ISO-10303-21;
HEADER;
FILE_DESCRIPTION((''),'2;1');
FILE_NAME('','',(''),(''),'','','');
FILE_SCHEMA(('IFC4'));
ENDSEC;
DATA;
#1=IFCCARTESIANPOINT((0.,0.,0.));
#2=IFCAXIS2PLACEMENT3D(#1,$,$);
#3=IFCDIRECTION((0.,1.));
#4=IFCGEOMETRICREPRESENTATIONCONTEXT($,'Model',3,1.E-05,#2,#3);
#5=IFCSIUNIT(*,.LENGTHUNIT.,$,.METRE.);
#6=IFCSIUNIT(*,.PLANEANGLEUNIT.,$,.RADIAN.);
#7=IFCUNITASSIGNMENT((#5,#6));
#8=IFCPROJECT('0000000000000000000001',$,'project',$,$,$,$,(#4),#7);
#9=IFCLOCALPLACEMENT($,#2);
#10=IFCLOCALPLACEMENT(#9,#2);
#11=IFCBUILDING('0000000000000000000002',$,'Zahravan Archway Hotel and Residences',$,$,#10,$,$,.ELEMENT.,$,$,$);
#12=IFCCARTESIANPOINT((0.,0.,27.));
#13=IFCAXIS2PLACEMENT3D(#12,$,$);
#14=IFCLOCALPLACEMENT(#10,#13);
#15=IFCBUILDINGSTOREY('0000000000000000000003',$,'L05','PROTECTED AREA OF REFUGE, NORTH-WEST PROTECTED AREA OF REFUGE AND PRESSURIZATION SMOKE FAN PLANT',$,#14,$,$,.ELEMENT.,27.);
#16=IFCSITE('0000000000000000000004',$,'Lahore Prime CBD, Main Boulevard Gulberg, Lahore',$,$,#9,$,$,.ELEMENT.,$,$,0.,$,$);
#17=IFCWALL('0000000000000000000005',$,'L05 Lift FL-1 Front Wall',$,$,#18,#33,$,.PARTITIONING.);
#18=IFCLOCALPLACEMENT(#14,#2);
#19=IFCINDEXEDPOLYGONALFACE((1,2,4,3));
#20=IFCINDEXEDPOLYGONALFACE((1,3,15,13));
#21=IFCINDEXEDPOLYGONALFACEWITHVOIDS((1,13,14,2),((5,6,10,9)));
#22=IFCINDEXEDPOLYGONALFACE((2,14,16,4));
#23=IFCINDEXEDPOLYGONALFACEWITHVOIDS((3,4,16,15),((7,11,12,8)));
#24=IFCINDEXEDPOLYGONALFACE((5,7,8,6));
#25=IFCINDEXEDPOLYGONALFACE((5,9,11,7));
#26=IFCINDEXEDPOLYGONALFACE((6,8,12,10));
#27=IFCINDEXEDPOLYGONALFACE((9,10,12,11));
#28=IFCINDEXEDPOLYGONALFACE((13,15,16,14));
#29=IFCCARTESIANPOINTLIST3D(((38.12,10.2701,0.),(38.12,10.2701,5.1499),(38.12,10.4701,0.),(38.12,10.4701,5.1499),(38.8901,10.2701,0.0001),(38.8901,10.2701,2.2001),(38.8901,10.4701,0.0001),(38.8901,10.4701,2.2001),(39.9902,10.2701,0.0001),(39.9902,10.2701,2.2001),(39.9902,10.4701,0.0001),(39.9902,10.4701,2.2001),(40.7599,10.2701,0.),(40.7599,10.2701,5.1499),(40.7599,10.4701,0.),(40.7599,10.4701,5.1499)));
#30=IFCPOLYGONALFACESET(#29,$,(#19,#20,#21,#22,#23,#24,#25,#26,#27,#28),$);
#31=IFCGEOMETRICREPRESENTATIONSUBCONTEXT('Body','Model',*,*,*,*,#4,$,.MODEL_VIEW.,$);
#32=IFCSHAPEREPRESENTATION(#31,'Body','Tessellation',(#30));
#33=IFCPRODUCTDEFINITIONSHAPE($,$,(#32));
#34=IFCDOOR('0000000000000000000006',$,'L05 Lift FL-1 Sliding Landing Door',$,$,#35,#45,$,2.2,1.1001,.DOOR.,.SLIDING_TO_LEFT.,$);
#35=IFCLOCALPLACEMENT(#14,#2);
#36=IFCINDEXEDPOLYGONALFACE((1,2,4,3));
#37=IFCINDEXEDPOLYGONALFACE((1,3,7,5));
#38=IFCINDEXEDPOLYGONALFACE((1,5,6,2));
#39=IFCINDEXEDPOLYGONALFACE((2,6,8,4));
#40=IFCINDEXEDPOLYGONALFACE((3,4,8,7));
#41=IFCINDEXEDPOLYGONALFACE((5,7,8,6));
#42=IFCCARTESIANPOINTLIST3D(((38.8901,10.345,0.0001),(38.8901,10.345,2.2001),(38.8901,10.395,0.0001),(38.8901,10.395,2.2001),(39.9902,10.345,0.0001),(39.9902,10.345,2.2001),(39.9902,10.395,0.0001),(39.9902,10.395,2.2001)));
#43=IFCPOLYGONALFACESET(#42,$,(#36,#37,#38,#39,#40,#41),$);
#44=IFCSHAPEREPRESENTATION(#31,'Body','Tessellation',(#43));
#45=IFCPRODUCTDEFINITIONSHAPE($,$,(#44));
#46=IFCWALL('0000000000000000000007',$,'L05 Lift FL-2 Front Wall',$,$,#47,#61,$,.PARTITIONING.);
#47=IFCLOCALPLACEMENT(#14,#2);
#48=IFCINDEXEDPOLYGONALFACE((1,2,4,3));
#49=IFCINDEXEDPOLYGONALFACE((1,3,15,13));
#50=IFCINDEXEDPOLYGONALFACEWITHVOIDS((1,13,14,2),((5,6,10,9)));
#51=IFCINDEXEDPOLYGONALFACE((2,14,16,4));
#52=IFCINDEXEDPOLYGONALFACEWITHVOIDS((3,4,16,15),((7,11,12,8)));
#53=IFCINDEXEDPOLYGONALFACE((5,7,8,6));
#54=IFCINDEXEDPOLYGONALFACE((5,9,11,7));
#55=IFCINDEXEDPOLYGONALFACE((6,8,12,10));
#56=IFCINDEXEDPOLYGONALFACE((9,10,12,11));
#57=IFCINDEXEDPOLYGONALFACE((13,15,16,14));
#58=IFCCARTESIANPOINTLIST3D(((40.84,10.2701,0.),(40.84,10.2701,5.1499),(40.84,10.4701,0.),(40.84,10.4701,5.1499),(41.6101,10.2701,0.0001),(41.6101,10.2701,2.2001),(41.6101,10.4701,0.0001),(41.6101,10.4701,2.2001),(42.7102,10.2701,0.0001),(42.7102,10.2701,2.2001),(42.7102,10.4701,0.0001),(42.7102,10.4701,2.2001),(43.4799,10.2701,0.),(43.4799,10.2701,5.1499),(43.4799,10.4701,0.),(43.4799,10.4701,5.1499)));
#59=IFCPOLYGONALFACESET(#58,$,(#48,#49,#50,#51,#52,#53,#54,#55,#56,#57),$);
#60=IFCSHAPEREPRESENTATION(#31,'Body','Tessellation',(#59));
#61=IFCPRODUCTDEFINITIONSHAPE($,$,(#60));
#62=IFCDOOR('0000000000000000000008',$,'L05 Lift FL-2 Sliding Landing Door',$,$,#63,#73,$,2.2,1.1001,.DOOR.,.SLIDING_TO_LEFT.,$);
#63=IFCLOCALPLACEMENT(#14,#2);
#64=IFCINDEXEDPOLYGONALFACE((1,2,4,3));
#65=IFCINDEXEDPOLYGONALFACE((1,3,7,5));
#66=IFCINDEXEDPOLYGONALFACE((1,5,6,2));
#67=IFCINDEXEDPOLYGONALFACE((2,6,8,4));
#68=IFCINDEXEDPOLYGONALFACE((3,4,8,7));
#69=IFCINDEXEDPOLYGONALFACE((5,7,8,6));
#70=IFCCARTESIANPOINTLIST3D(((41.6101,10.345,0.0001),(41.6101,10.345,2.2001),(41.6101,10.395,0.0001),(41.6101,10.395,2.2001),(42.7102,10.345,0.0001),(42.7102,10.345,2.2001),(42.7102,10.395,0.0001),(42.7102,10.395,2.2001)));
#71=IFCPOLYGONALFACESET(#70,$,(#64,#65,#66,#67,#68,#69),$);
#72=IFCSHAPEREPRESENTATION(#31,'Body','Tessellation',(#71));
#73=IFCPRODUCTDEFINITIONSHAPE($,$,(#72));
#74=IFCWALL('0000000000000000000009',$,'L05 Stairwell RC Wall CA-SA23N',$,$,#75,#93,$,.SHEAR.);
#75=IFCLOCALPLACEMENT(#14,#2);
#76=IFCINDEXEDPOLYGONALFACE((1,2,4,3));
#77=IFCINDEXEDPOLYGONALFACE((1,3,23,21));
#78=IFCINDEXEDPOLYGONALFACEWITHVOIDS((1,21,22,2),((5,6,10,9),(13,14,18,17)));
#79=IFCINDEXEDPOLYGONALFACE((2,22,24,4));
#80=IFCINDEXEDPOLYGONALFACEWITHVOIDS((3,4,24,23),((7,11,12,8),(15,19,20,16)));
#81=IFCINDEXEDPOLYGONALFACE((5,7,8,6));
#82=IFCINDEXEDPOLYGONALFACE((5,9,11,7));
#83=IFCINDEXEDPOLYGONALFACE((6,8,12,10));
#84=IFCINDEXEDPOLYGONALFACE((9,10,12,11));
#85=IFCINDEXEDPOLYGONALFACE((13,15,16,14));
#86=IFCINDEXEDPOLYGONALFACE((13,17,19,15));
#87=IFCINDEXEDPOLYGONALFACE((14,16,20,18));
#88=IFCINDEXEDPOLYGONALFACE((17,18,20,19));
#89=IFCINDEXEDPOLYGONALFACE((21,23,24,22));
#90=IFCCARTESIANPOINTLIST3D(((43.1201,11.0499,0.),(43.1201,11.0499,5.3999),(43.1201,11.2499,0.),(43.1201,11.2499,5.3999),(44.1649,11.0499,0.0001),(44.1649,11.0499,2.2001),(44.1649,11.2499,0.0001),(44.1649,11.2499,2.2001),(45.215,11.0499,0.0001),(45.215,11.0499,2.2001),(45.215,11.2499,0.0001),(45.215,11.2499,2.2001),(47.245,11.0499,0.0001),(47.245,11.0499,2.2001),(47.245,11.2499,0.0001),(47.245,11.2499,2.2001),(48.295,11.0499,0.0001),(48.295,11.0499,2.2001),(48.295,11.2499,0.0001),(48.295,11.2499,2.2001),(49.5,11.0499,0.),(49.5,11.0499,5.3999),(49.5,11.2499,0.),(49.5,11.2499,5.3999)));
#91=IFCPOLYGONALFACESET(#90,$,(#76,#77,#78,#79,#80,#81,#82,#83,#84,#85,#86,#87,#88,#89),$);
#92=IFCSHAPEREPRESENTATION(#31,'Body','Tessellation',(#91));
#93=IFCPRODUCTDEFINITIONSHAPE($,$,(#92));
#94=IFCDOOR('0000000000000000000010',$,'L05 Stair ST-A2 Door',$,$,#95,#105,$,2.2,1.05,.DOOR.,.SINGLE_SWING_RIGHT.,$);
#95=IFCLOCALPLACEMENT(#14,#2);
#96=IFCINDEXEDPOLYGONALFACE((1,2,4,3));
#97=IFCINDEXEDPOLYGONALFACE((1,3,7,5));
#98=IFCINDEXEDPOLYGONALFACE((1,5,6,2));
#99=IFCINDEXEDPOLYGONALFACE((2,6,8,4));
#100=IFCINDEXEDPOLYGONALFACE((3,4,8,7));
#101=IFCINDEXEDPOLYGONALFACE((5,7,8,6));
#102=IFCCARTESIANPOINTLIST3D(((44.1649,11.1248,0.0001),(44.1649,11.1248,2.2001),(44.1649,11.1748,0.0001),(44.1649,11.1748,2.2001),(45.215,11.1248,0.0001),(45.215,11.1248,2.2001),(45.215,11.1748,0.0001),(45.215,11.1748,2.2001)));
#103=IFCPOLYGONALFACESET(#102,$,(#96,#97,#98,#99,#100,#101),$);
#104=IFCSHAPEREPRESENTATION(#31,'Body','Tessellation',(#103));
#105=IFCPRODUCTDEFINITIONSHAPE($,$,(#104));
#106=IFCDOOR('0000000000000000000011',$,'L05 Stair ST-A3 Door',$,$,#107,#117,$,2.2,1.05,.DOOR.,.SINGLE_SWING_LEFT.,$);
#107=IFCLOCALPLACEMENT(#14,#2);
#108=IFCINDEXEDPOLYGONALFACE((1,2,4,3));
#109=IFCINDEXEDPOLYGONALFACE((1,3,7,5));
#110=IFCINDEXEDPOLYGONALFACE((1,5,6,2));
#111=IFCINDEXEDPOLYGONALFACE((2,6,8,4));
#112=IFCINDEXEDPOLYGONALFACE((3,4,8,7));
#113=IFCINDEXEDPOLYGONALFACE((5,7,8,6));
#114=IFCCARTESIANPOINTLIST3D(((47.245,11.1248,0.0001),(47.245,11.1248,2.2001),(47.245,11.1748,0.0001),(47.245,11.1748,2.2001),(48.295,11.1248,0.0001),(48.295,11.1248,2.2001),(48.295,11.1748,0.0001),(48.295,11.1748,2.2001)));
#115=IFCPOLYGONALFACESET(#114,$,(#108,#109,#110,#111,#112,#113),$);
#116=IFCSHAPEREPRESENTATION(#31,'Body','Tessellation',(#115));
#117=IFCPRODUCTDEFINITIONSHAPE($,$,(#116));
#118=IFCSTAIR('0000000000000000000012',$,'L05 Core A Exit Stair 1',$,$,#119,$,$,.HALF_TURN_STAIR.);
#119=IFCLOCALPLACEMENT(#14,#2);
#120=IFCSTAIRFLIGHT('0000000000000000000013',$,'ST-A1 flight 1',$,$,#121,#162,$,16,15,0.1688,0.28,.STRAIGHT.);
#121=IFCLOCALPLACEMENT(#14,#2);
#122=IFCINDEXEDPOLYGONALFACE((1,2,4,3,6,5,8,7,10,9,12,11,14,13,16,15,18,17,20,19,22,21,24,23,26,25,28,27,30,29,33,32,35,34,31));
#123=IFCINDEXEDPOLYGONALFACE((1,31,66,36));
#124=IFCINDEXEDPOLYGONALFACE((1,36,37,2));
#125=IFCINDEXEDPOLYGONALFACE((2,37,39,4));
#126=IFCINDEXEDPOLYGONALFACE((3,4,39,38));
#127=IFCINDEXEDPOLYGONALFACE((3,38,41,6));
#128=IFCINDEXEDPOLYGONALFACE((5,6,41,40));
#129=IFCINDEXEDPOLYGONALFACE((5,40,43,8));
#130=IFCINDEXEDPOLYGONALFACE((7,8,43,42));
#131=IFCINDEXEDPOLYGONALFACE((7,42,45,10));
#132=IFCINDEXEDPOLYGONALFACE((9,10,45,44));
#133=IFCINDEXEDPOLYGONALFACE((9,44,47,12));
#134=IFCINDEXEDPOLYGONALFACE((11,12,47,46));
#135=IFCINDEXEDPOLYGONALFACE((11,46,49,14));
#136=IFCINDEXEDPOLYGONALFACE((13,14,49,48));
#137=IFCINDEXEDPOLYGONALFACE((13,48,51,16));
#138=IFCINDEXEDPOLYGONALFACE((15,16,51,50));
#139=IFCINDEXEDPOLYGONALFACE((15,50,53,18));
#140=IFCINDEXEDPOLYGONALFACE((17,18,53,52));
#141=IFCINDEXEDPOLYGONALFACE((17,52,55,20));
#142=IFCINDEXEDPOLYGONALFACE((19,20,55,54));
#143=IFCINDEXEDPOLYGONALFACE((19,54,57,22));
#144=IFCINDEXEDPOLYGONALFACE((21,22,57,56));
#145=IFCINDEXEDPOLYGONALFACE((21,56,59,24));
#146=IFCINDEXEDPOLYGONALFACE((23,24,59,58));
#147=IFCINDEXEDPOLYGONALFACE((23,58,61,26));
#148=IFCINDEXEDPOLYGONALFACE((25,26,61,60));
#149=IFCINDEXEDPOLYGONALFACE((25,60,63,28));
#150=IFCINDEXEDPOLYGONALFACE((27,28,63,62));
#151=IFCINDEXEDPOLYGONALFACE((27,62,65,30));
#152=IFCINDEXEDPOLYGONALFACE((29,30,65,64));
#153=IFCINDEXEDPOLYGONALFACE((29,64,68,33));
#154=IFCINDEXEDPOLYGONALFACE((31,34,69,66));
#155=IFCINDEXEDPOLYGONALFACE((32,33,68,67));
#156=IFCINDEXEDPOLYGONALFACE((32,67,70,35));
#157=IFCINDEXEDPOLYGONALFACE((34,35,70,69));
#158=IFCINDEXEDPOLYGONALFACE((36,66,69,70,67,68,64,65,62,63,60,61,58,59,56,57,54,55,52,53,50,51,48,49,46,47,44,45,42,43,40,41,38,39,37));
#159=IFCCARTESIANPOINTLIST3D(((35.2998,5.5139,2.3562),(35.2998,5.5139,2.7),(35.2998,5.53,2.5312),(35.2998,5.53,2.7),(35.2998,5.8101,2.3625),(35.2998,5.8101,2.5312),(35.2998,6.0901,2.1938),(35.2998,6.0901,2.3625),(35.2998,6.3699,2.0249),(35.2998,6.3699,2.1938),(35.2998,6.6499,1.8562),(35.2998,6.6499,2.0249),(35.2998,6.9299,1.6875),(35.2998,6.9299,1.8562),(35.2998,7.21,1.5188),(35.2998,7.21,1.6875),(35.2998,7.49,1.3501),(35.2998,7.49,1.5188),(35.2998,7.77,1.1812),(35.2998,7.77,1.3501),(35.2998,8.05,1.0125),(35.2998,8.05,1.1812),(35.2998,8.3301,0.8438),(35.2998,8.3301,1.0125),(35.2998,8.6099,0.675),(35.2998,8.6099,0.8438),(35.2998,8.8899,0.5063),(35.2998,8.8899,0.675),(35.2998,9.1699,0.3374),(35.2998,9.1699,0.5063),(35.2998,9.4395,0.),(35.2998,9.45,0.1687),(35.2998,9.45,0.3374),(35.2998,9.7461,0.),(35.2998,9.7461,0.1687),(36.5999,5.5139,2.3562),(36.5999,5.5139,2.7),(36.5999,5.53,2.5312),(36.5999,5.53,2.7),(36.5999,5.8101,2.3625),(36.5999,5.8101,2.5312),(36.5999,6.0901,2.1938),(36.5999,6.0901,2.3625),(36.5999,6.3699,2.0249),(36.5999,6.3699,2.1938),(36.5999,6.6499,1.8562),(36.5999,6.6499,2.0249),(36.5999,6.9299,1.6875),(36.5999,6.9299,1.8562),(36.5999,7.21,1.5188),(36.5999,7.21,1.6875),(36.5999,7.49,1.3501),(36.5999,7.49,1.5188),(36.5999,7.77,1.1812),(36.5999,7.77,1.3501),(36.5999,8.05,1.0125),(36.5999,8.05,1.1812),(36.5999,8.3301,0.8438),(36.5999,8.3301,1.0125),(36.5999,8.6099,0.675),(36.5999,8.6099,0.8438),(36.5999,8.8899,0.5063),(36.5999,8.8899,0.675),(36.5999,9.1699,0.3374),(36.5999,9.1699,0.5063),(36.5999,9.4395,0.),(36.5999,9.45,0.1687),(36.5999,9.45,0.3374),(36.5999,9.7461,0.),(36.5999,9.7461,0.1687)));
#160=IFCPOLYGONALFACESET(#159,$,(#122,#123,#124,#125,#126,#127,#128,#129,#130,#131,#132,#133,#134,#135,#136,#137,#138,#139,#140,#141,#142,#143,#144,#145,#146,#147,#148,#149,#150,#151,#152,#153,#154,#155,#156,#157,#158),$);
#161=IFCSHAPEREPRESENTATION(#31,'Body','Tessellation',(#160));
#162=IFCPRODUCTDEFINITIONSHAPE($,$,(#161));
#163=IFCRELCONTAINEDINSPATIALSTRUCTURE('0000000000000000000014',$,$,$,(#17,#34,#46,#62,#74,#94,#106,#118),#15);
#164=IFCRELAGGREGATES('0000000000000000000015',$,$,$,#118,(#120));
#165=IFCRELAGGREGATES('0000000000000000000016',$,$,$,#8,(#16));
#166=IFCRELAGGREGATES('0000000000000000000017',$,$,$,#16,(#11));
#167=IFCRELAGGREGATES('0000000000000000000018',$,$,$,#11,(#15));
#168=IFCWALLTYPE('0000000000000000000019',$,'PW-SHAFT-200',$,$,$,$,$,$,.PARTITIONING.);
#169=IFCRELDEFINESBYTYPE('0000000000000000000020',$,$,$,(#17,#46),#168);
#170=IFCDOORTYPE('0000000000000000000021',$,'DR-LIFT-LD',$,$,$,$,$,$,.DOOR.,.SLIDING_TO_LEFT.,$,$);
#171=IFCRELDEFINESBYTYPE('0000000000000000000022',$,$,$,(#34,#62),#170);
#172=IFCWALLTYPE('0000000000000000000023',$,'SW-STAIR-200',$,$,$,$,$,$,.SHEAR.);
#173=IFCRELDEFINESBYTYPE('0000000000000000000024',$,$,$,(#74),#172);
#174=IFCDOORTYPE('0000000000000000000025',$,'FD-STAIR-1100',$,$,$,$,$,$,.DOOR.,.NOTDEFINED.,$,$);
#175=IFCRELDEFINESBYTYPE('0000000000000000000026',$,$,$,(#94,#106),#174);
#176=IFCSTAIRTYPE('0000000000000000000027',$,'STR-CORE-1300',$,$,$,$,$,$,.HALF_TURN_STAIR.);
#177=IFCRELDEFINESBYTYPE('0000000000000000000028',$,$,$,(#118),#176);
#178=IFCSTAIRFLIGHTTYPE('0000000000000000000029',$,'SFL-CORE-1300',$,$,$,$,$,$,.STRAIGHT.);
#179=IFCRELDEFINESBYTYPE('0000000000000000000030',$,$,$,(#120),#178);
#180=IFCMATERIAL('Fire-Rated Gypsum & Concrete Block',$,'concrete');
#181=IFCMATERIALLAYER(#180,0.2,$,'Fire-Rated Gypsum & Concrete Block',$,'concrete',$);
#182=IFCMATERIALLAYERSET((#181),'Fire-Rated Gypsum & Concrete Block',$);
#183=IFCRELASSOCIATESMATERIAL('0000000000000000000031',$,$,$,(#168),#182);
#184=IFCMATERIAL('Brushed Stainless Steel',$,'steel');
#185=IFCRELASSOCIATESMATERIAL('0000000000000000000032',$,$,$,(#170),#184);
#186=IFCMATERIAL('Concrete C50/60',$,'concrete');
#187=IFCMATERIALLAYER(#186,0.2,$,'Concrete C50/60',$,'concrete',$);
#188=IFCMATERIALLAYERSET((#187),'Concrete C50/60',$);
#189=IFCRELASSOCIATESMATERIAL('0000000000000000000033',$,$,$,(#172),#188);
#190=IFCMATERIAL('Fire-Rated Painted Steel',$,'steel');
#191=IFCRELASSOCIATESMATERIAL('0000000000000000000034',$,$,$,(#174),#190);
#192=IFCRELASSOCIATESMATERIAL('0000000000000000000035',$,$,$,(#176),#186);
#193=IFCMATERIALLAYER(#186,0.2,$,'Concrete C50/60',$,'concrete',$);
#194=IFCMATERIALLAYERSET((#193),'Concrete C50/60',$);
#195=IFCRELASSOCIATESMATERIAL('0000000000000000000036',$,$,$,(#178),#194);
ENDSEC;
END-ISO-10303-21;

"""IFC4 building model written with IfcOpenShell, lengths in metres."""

from ifc_helpers import new_model, si_unit, direction, frame, frame_2d, origin, place, context, subcontext, project, spatial, polyline, rectangle, outline, extrude, source, transform, mapped, material, layer, layer_set, type_object, type_shapes, element, fill, aggregate, save


model = new_model("IFC4")

# Units and contexts
model_context = context("Model", 3, precision=1e-05, world=origin(), true_north=direction((0.0, 1.0)))
body_context = subcontext(model_context, "Body", "Model", "MODEL_VIEW")
ifc_project = project(units=[si_unit("LENGTHUNIT", "METRE"), si_unit("PLANEANGLEUNIT", "RADIAN")], contexts=[model_context])

# Site, building, storey
site_placement = place(None, origin())
site = spatial("IfcSite", under=ifc_project, at=site_placement, Name="Lahore Prime CBD, Main Boulevard Gulberg, Lahore", CompositionType="ELEMENT", RefElevation=0.0)
building_placement = place(site_placement, origin())
building = spatial("IfcBuilding", under=site, at=building_placement, Name="Zahravan Archway Hotel and Residences", CompositionType="ELEMENT")
storey_placement = place(building_placement, frame((0.0, 0.0, 27.0)))
storey = spatial("IfcBuildingStorey", under=building, at=storey_placement, Name="L05", Description="PROTECTED AREA OF REFUGE, NORTH-WEST PROTECTED AREA OF REFUGE AND PRESSURIZATION SMOKE FAN PLANT", CompositionType="ELEMENT", Elevation=27.0)

# Shared definitions
ifc_material_1 = material(Name="Fire-Rated Gypsum & Concrete Block", Category="concrete")
ifc_material_2 = material(Name="Fire-Rated Painted Steel", Category="steel")

# Shared definitions
ifc_layer_1 = layer(ifc_material_1, 0.2, Name="Fire-Rated Gypsum & Concrete Block", Category="concrete")
ifc_layer_set_1 = layer_set([ifc_layer_1], Name="Fire-Rated Gypsum & Concrete Block")
wall_type_1 = type_object("IfcWallType", Name="PW-SHAFT-200", PredefinedType="PARTITIONING", material=ifc_layer_set_1)

# Walls, openings, doors
wall_1_placement = place(storey_placement, frame((38.1201, 10.3701, 0.0), z_axis=(0.0, 0.0, 1.0), x_axis=(1.0, 0.0, 0.0)))
wall_1 = element("IfcWall", 1, at=wall_1_placement, inside=storey, type_object=wall_type_1, Name="L05 Lift FL-1 Front Wall", PredefinedType="PARTITIONING", context=body_context, shape_type="SweptSolid", body=[
    extrude(rectangle(XDim=2.6399, YDim=0.2, at=frame_2d((1.3198, 0.0))), origin(), (0.0, 0.0, 1.0), 5.1499),
])
opening_1_placement = place(wall_1_placement, frame((0.77, 0.0, 0.0)))
opening_1 = element("IfcOpeningElement", 2, at=opening_1_placement, cuts=wall_1, PredefinedType="OPENING", context=body_context, shape_type="SweptSolid", body=[
    extrude(rectangle(XDim=1.1001, YDim=2.2, at=frame_2d((0.55, 1.1001))), frame((0.0, 0.1099, 0.0), z_axis=(0.0, -1.0, 0.0), x_axis=(1.0, 0.0, 0.0)), (0.0, 0.0, 1.0), 0.22),
])
ifc_material_3 = material(Name="Brushed Stainless Steel", Category="steel")
door_type_1 = type_object("IfcDoorType", Name="DR-LIFT-LD", OperationType="SLIDING_TO_LEFT", PredefinedType="DOOR", material=ifc_material_3)
shared_shape_1 = source(origin(), body_context, "Body", "SweptSolid", [
    extrude(rectangle(XDim=1.1001, YDim=2.2, at=frame_2d((0.55, 1.1001))), frame((0.0, 0.0249, 0.0), z_axis=(0.0, -1.0, 0.0), x_axis=(1.0, 0.0, 0.0)), (0.0, 0.0, 1.0), 0.05),
])
type_shapes(door_type_1, [shared_shape_1])
door_1_placement = place(opening_1_placement, origin())
door_1 = element("IfcDoor", 3, at=door_1_placement, inside=storey, type_object=door_type_1, Name="L05 Lift FL-1 Sliding Landing Door", OperationType="SLIDING_TO_LEFT", OverallHeight=2.2, OverallWidth=1.1001, PredefinedType="DOOR", context=body_context, shape_type="MappedRepresentation", body=[
    mapped(shared_shape_1, transform((0.0, 0.0, 0.0), scale=1.0)),
])
fill(opening_1, door_1)
wall_2_placement = place(storey_placement, frame((40.8401, 10.3701, 0.0), z_axis=(0.0, 0.0, 1.0), x_axis=(1.0, 0.0, 0.0)))
wall_2 = element("IfcWall", 4, at=wall_2_placement, inside=storey, type_object=wall_type_1, Name="L05 Lift FL-2 Front Wall", PredefinedType="PARTITIONING", context=body_context, shape_type="SweptSolid", body=[
    extrude(rectangle(XDim=2.6399, YDim=0.2, at=frame_2d((1.3198, 0.0))), origin(), (0.0, 0.0, 1.0), 5.1499),
])
opening_2_placement = place(wall_2_placement, frame((0.77, 0.0, 0.0)))
opening_2 = element("IfcOpeningElement", 5, at=opening_2_placement, cuts=wall_2, PredefinedType="OPENING", context=body_context, shape_type="SweptSolid", body=[
    extrude(rectangle(XDim=1.1001, YDim=2.2, at=frame_2d((0.55, 1.1001))), frame((0.0, 0.1099, 0.0), z_axis=(0.0, -1.0, 0.0), x_axis=(1.0, 0.0, 0.0)), (0.0, 0.0, 1.0), 0.22),
])
door_2_placement = place(opening_2_placement, origin())
door_2 = element("IfcDoor", 6, at=door_2_placement, inside=storey, type_object=door_type_1, Name="L05 Lift FL-2 Sliding Landing Door", OperationType="SLIDING_TO_LEFT", OverallHeight=2.2, OverallWidth=1.1001, PredefinedType="DOOR", context=body_context, shape_type="MappedRepresentation", body=[
    mapped(shared_shape_1, transform((0.0, 0.0, 0.0), scale=1.0)),
])
fill(opening_2, door_2)

# Wall, openings, doors
ifc_material_4 = material(Name="Concrete C50/60", Category="concrete")
ifc_layer_2 = layer(ifc_material_4, 0.2, Name="Concrete C50/60", Category="concrete")
ifc_layer_set_2 = layer_set([ifc_layer_2], Name="Concrete C50/60")
wall_type_2 = type_object("IfcWallType", Name="SW-STAIR-200", PredefinedType="SHEAR", material=ifc_layer_set_2)
wall_3_placement = place(storey_placement, frame((43.1201, 11.1499, 0.0), z_axis=(0.0, 0.0, 1.0), x_axis=(1.0, 0.0, 0.0)))
wall_3 = element("IfcWall", 7, at=wall_3_placement, inside=storey, type_object=wall_type_2, Name="L05 Stairwell RC Wall CA-SA23N", PredefinedType="SHEAR", context=body_context, shape_type="SweptSolid", body=[
    extrude(rectangle(XDim=6.3799, YDim=0.2, at=frame_2d((3.1899, 0.0))), origin(), (0.0, 0.0, 1.0), 5.3999),
])
opening_3_placement = place(wall_3_placement, frame((1.0449, 0.0, 0.0)))
opening_3 = element("IfcOpeningElement", 8, at=opening_3_placement, cuts=wall_3, PredefinedType="OPENING", context=body_context, shape_type="SweptSolid", body=[
    extrude(rectangle(XDim=1.05, YDim=2.2, at=frame_2d((0.5249, 1.1001))), frame((0.0, 0.1099, 0.0), z_axis=(0.0, -1.0, 0.0), x_axis=(1.0, 0.0, 0.0)), (0.0, 0.0, 1.0), 0.22),
])
opening_4_placement = place(wall_3_placement, frame((4.125, 0.0, 0.0)))
opening_4 = element("IfcOpeningElement", 9, at=opening_4_placement, cuts=wall_3, PredefinedType="OPENING", context=body_context, shape_type="SweptSolid", body=[
    extrude(rectangle(XDim=1.05, YDim=2.2, at=frame_2d((0.5249, 1.1001))), frame((0.0, 0.1099, 0.0), z_axis=(0.0, -1.0, 0.0), x_axis=(1.0, 0.0, 0.0)), (0.0, 0.0, 1.0), 0.22),
])
door_type_2 = type_object("IfcDoorType", Name="FD-STAIR-1100", OperationType="NOTDEFINED", PredefinedType="DOOR", material=ifc_material_2)
shared_shape_2 = source(origin(), body_context, "Body", "SweptSolid", [
    extrude(rectangle(XDim=1.05, YDim=2.2, at=frame_2d((0.5249, 1.1001))), frame((0.0, 0.0249, 0.0), z_axis=(0.0, -1.0, 0.0), x_axis=(1.0, 0.0, 0.0)), (0.0, 0.0, 1.0), 0.05),
])
type_shapes(door_type_2, [shared_shape_2])
door_3_placement = place(opening_3_placement, origin())
door_3 = element("IfcDoor", 10, at=door_3_placement, inside=storey, type_object=door_type_2, Name="L05 Stair ST-A2 Door", OperationType="SINGLE_SWING_RIGHT", OverallHeight=2.2, OverallWidth=1.05, PredefinedType="DOOR", context=body_context, shape_type="MappedRepresentation", body=[
    mapped(shared_shape_2, transform((0.0, 0.0, 0.0), scale=1.0)),
])
fill(opening_3, door_3)
door_4_placement = place(opening_4_placement, origin())
door_4 = element("IfcDoor", 11, at=door_4_placement, inside=storey, type_object=door_type_2, Name="L05 Stair ST-A3 Door", OperationType="SINGLE_SWING_LEFT", OverallHeight=2.2, OverallWidth=1.05, PredefinedType="DOOR", context=body_context, shape_type="MappedRepresentation", body=[
    mapped(shared_shape_2, transform((0.0, 0.0, 0.0), scale=1.0)),
])
fill(opening_4, door_4)

# Stair, stair flight
stair_type = type_object("IfcStairType", Name="STR-CORE-1300", PredefinedType="HALF_TURN_STAIR", material=ifc_material_4)
stair_1_placement = place(storey_placement, origin())
stair_1 = element("IfcStair", 12, at=stair_1_placement, inside=storey, type_object=stair_type, Name="L05 Core A Exit Stair 1", PredefinedType="HALF_TURN_STAIR")
ifc_layer_3 = layer(ifc_material_4, 0.2, Name="Concrete C50/60", Category="concrete")
ifc_layer_set_3 = layer_set([ifc_layer_3], Name="Concrete C50/60")
stair_flight_type = type_object("IfcStairFlightType", Name="SFL-CORE-1300", PredefinedType="STRAIGHT", material=ifc_layer_set_3)
shared_shape_3 = source(origin(), body_context, "Body", "SweptSolid", [
    extrude(outline(polyline([(-0.0161, 0.0), (-0.0161, 0.1687), (0.28, 0.1687), (0.28, 0.3374), (0.5601, 0.3374), (0.5601, 0.5063), (0.8401, 0.5063), (0.8401, 0.675), (1.1201, 0.675), (1.1201, 0.8438), (1.3999, 0.8438), (1.3999, 1.0125), (1.6799, 1.0125), (1.6799, 1.1812), (1.96, 1.1812), (1.96, 1.3501), (2.24, 1.3501), (2.24, 1.5188), (2.52, 1.5188), (2.52, 1.6875), (2.8, 1.6875), (2.8, 1.8562), (3.0801, 1.8562), (3.0801, 2.0249), (3.3601, 2.0249), (3.3601, 2.1938), (3.6399, 2.1938), (3.6399, 2.3625), (3.9199, 2.3625), (3.9199, 2.5312), (4.2, 2.5312), (4.2, 2.7), (4.2161, 2.7), (4.2161, 2.3562), (0.2905, 0.0), (-0.0161, 0.0)])), frame((0.0, 0.6499, 0.0), z_axis=(0.0, -1.0, 0.0), x_axis=(1.0, 0.0, 0.0)), (0.0, 0.0, 1.0), 1.3),
])
stair_flight_1_placement = place(storey_placement, frame((35.95, 9.73, 0.0), z_axis=(0.0, 0.0, 1.0), x_axis=(0.0, -1.0, 0.0)))
stair_flight_1 = element("IfcStairFlight", 13, at=stair_flight_1_placement, type_object=stair_flight_type, Name="ST-A1 flight 1", NumberOfRisers=16, NumberOfTreads=15, PredefinedType="STRAIGHT", RiserHeight=0.1688, TreadLength=0.28, context=body_context, shape_type="MappedRepresentation", body=[
    mapped(shared_shape_3, transform((0.0, 0.0, 0.0), scale=1.0)),
])
aggregate(stair_1, [stair_flight_1])

save(model, "model.ifc")
